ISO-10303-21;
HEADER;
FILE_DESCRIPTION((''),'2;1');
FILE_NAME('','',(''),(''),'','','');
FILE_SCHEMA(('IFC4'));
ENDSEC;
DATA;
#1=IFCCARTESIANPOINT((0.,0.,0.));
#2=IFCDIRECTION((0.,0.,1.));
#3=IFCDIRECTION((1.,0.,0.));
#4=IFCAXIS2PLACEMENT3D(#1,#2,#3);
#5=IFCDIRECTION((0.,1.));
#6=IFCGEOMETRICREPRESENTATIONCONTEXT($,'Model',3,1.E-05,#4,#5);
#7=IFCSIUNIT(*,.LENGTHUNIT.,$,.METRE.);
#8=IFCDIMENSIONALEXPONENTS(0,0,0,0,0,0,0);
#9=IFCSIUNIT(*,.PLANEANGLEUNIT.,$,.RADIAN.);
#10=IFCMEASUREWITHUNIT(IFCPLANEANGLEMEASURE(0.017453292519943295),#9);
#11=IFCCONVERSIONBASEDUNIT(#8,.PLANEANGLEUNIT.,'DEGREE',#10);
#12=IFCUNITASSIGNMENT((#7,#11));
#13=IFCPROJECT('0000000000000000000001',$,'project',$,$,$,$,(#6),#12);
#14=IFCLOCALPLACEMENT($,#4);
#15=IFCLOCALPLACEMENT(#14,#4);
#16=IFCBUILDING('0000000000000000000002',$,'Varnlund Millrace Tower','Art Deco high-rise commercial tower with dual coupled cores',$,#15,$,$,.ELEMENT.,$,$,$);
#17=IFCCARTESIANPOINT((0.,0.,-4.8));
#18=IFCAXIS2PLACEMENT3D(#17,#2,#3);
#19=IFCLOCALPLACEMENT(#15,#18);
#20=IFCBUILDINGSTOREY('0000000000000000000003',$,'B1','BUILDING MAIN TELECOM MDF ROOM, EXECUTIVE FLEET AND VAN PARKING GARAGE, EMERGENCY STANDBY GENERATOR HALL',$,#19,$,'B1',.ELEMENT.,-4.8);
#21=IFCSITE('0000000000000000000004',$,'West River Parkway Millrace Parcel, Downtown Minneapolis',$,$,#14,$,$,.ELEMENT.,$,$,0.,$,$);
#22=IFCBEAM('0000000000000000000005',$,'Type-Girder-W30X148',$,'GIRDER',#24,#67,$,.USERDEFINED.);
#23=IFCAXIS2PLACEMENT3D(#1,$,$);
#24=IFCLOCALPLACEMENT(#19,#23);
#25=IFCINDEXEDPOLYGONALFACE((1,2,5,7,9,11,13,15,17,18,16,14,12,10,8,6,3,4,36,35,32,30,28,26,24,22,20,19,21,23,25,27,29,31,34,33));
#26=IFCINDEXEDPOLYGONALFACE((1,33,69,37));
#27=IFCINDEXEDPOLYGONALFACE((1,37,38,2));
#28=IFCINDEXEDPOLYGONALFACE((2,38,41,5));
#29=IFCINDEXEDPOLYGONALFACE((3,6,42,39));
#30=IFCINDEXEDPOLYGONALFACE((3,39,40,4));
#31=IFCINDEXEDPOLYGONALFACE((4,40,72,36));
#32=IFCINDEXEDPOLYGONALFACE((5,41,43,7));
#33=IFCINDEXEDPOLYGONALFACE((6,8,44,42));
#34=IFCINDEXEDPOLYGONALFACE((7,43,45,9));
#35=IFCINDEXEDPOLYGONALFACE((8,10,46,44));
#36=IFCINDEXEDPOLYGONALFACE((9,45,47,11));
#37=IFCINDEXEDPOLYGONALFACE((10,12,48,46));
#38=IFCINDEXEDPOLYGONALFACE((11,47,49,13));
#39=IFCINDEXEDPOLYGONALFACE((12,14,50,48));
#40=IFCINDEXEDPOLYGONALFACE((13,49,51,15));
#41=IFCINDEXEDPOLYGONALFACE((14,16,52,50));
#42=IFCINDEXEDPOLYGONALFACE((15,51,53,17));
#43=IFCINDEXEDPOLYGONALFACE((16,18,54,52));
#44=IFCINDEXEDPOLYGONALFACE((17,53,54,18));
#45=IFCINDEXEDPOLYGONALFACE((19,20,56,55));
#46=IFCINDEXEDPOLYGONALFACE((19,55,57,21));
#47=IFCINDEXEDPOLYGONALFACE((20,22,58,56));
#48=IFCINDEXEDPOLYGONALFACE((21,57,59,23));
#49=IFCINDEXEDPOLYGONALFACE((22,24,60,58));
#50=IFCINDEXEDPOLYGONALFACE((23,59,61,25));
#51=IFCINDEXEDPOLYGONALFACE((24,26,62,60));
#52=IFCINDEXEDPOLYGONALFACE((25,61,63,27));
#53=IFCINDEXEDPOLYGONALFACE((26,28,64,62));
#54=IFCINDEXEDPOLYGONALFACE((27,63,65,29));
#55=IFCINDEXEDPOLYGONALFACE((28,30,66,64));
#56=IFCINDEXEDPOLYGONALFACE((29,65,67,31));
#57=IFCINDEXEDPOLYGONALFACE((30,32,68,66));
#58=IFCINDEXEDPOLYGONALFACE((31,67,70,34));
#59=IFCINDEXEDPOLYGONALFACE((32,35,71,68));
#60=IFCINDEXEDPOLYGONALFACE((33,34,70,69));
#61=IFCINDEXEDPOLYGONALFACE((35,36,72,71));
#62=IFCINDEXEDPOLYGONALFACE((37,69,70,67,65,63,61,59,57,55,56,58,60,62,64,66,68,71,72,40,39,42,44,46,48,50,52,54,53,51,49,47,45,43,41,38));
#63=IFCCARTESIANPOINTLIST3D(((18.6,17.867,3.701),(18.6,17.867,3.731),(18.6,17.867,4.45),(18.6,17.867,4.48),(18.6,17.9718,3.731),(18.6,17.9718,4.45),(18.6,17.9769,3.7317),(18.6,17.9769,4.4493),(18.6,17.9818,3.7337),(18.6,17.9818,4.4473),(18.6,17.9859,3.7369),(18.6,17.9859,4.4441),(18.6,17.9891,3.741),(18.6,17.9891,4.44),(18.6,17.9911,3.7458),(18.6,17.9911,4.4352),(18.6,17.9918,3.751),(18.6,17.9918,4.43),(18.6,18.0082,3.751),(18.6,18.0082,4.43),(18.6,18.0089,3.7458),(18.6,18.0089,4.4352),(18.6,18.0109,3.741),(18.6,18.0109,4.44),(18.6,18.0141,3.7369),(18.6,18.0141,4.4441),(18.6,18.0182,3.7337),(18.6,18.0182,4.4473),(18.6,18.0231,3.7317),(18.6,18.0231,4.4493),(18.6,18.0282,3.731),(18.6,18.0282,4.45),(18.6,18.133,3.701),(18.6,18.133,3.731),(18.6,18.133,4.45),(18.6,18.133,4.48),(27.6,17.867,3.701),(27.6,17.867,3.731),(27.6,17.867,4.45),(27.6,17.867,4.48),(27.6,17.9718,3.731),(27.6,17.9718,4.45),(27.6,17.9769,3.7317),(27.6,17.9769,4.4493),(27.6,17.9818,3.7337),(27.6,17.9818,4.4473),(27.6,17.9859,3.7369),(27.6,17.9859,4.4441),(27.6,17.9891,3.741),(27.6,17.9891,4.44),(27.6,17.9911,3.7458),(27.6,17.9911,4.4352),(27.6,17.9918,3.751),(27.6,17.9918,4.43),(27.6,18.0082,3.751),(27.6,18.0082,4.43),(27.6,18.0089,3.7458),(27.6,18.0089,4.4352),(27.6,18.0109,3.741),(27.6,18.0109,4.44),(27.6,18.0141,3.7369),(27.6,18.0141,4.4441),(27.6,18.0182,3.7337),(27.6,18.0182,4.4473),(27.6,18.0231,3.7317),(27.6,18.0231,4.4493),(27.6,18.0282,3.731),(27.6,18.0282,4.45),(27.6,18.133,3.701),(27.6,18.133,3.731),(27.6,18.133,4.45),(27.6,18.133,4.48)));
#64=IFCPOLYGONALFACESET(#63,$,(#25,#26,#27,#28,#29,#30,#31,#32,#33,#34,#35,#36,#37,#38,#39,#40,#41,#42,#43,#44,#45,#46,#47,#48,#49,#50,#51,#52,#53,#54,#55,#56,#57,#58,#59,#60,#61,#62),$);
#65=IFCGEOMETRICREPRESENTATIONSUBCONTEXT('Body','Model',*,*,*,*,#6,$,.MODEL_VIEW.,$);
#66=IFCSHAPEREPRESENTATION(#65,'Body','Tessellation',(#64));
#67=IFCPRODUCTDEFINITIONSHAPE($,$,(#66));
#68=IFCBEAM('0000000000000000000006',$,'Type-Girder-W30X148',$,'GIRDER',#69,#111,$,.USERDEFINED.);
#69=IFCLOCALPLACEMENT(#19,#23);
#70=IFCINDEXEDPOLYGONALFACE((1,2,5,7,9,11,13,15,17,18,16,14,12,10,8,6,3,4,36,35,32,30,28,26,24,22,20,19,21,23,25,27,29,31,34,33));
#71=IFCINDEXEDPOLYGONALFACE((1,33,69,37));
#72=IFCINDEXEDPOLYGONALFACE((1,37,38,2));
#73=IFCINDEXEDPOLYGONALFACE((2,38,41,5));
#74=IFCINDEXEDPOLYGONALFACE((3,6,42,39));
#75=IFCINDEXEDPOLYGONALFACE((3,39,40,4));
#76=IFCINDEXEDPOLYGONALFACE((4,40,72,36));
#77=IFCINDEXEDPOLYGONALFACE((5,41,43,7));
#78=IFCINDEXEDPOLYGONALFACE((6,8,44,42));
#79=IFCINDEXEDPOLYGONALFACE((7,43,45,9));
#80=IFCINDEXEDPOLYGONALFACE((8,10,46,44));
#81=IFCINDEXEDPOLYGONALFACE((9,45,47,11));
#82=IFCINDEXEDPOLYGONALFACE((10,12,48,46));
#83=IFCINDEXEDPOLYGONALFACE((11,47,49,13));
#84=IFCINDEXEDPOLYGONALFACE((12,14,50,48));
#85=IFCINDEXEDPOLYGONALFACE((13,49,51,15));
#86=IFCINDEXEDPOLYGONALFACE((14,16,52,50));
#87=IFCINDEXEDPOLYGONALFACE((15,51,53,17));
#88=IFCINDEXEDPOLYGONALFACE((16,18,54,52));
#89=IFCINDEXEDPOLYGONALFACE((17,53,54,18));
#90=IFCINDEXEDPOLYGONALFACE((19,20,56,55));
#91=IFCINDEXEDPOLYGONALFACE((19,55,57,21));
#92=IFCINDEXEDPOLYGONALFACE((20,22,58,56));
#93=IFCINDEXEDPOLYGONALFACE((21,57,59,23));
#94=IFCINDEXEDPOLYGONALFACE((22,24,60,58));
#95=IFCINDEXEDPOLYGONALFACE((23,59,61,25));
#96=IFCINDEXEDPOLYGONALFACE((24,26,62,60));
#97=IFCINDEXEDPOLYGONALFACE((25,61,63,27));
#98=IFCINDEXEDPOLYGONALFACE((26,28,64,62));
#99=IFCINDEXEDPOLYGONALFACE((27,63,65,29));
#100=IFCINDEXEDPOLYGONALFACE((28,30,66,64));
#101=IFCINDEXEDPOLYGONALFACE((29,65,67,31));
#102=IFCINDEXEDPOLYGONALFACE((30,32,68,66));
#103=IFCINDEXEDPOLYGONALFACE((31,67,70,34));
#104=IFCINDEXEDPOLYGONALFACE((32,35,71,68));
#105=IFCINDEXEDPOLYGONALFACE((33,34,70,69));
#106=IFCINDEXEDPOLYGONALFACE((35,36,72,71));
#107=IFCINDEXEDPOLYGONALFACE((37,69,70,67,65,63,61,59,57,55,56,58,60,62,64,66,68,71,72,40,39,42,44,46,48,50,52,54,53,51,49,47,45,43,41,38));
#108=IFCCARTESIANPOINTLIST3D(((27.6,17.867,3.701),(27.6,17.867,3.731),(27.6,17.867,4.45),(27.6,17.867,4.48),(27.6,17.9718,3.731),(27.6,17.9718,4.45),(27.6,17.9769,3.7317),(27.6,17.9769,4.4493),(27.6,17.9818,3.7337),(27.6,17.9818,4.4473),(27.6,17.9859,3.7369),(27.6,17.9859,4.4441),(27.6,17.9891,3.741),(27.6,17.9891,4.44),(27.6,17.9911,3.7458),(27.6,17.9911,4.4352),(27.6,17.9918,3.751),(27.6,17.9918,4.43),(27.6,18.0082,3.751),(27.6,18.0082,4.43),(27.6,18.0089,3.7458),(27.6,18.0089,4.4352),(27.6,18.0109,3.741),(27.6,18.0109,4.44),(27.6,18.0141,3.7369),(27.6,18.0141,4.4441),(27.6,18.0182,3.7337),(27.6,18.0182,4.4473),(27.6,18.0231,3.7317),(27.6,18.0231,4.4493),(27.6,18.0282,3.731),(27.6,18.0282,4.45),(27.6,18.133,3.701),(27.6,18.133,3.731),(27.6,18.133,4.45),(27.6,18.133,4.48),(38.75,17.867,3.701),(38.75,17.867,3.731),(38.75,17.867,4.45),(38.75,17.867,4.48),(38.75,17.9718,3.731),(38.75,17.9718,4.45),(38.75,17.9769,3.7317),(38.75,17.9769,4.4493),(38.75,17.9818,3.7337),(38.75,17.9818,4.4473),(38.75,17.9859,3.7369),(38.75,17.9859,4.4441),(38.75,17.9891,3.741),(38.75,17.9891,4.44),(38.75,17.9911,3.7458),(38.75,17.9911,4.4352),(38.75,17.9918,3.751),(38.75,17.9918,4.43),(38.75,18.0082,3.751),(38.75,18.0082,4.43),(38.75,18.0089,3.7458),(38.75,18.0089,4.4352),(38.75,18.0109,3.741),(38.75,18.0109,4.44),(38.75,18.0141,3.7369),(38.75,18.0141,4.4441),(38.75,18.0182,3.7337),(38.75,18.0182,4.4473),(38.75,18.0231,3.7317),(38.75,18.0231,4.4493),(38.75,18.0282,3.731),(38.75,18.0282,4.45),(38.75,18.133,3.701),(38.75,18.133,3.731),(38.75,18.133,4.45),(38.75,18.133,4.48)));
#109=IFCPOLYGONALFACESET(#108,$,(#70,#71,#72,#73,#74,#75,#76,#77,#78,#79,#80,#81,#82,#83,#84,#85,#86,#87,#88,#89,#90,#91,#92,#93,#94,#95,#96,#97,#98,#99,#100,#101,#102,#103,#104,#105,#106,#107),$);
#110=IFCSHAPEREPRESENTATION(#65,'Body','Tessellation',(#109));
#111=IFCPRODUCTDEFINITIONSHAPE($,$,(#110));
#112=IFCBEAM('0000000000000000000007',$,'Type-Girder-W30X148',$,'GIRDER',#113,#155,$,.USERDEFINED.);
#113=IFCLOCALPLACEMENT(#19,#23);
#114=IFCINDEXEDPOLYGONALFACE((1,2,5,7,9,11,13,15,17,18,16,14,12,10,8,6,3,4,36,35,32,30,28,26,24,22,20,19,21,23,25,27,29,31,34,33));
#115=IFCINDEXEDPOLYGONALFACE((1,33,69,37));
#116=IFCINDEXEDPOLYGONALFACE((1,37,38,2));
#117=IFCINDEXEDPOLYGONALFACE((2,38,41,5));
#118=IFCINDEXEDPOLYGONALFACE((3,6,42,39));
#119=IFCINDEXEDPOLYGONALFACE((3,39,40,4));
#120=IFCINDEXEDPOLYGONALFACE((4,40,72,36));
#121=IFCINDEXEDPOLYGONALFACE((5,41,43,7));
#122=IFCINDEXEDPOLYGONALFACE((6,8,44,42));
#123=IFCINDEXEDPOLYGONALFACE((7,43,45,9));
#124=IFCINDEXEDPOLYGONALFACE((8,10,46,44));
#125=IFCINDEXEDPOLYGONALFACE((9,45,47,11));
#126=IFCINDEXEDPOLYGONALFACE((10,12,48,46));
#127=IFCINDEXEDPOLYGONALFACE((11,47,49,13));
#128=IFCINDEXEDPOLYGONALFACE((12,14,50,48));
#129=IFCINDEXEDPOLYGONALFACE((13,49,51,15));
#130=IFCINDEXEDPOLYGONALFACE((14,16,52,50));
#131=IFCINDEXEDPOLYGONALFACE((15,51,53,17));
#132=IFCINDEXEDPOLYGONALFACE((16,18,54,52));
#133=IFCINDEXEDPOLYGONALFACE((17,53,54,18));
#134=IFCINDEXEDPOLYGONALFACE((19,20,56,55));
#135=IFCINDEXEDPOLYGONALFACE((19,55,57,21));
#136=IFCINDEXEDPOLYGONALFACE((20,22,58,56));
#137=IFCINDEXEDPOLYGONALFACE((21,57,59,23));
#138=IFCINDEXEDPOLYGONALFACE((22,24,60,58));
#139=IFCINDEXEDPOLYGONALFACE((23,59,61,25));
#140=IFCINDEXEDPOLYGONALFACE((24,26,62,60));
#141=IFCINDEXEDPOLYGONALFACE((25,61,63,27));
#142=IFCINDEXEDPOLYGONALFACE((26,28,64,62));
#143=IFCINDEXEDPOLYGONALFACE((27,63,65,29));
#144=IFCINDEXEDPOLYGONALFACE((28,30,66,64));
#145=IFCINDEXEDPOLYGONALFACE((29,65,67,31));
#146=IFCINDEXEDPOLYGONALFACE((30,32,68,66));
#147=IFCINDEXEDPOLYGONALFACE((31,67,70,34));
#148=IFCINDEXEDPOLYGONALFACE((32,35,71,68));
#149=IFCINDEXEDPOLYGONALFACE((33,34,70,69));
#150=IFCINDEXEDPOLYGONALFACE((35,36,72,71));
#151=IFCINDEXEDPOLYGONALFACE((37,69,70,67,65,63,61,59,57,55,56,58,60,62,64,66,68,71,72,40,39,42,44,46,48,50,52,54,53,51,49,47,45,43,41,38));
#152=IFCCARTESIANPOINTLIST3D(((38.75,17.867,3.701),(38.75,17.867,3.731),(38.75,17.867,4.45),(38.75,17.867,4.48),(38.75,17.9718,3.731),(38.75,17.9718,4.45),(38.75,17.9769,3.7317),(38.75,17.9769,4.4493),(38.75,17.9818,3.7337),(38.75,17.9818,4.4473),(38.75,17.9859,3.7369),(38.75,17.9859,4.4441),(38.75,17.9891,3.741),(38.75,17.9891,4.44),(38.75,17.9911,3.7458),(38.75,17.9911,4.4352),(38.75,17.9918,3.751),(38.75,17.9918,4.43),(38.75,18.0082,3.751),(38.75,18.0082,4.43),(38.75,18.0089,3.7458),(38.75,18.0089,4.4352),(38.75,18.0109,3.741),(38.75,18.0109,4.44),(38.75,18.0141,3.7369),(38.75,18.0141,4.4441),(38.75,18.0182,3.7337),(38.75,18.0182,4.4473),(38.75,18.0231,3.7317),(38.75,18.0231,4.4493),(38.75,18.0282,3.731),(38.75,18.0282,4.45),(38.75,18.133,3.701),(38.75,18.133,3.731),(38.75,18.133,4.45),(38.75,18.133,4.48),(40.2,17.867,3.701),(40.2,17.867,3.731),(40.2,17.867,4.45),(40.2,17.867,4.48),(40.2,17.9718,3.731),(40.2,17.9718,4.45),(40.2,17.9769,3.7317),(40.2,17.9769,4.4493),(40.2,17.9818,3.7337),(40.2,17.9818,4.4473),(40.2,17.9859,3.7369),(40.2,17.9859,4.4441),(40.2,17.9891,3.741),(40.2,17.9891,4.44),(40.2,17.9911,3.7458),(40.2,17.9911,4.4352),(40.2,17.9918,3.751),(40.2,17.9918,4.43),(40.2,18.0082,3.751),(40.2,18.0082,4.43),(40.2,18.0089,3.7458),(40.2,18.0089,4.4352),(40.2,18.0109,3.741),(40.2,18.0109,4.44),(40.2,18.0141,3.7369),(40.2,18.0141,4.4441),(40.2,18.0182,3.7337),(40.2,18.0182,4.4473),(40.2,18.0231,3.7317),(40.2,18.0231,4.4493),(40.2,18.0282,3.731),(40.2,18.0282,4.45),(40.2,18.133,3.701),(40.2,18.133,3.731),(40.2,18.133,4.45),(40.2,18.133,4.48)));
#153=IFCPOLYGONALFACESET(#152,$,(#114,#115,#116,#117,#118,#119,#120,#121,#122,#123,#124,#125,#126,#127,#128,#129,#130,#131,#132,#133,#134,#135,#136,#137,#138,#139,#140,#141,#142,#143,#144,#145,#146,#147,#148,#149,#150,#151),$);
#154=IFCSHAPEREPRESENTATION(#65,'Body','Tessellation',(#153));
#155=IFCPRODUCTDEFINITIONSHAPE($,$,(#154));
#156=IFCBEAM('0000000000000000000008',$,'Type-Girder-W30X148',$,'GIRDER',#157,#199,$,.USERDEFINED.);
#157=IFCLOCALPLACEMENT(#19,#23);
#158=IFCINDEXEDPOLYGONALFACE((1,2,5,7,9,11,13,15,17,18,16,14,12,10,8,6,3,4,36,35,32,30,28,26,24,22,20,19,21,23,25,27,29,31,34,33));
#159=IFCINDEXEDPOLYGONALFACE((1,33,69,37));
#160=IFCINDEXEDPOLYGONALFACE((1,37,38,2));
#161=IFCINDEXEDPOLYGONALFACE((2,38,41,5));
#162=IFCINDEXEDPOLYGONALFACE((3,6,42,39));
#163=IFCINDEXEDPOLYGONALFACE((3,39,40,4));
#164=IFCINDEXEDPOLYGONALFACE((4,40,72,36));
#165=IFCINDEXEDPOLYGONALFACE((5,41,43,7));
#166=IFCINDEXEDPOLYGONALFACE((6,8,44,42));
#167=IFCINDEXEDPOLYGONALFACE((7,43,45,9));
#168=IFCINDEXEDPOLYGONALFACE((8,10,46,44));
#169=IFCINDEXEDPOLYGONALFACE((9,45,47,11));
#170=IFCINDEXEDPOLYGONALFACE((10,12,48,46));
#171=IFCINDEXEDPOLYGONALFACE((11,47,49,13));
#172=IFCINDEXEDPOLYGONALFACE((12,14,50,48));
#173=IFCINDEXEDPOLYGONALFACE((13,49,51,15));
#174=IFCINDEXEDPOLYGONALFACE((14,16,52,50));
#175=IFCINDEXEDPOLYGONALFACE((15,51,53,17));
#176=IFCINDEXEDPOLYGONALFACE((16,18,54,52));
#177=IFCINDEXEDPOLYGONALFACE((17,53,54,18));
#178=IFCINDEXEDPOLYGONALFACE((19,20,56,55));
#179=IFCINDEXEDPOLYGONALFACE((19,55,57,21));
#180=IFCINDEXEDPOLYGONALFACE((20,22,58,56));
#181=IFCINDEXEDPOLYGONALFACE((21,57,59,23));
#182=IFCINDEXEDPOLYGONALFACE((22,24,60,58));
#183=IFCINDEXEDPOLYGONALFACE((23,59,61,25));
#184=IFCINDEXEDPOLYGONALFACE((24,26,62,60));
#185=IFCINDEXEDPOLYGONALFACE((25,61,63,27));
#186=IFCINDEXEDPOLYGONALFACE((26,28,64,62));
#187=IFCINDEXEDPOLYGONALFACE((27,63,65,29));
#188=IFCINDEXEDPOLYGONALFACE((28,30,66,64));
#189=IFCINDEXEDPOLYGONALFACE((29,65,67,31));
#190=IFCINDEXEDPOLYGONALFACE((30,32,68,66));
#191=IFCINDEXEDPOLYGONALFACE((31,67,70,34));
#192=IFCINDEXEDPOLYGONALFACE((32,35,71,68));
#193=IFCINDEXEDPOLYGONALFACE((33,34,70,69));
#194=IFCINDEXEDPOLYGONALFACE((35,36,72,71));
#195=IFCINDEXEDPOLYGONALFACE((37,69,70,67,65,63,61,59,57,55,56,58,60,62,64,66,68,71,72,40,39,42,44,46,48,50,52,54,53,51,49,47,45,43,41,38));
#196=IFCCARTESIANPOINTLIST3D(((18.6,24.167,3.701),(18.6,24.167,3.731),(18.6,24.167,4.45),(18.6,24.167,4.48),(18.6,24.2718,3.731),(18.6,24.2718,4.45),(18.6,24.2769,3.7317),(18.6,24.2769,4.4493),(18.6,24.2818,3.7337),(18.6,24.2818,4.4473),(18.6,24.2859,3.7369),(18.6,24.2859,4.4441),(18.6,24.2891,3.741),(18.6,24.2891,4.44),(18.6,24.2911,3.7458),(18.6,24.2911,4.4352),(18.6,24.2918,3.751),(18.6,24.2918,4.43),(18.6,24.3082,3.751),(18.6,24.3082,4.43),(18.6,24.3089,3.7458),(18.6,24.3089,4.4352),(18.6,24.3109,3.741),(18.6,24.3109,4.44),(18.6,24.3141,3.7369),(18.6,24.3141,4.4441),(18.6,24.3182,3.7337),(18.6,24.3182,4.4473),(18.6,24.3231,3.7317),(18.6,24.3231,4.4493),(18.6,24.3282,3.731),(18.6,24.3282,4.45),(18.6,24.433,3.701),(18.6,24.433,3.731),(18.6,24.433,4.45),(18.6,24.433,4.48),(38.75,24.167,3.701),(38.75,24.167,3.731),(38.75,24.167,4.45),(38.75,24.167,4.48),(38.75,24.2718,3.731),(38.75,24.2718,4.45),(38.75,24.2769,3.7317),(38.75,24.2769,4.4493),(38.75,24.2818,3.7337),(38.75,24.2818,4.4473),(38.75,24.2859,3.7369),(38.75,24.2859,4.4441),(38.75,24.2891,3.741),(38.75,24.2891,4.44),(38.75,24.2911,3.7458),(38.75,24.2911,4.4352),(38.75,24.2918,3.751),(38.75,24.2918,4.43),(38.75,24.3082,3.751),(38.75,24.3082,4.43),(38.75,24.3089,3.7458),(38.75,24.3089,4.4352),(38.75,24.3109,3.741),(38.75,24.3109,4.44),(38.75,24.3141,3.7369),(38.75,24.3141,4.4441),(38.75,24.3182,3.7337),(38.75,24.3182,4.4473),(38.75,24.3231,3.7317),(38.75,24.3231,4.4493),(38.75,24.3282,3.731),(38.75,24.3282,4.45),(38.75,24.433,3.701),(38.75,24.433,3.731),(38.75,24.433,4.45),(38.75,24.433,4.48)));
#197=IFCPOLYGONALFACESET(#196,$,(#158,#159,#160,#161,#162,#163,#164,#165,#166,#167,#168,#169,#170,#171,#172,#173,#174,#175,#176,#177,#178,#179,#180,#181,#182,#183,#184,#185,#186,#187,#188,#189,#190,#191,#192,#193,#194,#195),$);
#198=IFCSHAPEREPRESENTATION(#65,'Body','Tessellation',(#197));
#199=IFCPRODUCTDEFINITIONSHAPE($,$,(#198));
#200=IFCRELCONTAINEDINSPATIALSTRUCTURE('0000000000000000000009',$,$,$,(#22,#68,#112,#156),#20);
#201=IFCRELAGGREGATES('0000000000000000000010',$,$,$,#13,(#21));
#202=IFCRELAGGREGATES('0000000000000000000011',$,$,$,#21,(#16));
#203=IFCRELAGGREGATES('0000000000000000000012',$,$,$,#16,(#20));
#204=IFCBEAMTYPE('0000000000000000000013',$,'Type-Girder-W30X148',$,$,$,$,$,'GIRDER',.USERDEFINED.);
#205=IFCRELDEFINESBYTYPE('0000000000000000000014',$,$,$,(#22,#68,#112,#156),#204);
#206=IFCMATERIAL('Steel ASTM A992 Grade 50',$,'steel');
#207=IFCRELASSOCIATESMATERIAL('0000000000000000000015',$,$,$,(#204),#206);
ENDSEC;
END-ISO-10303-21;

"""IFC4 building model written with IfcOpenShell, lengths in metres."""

from ifc_helpers import new_model, entity, si_unit, converted_unit, direction, frame, origin_with_axes, origin_2d_with_axis, place, context, subcontext, project, spatial, i_section, extrude, material, material_profile, profile_set, type_object, element, save


model = new_model("IFC4")

# Units and contexts
model_context = context("Model", 3, precision=1e-05, world=origin_with_axes(), true_north=direction((0.0, 1.0)))
body_context = subcontext(model_context, "Body", "Model", "MODEL_VIEW")
ifc_project = project(units=[si_unit("LENGTHUNIT", "METRE"), converted_unit("PLANEANGLEUNIT", "DEGREE", entity("IfcPlaneAngleMeasure", 0.017453292519943295), si_unit("PLANEANGLEUNIT", "RADIAN"), dimensions=[0, 0, 0, 0, 0, 0, 0])], contexts=[model_context])

# Site, building, storey
site_placement = place(None, origin_with_axes())
site = spatial("IfcSite", under=ifc_project, at=site_placement, Name="West River Parkway Millrace Parcel, Downtown Minneapolis", CompositionType="ELEMENT", RefElevation=0.0)
building_placement = place(site_placement, origin_with_axes())
building = spatial("IfcBuilding", under=site, at=building_placement, Name="Varnlund Millrace Tower", Description="Art Deco high-rise commercial tower with dual coupled cores", CompositionType="ELEMENT")
storey_placement = place(building_placement, frame((0.0, 0.0, -4.8), z_axis=(0.0, 0.0, 1.0), x_axis=(1.0, 0.0, 0.0)))
storey = spatial("IfcBuildingStorey", under=building, at=storey_placement, Name="B1", Description="BUILDING MAIN TELECOM MDF ROOM, EXECUTIVE FLEET AND VAN PARKING GARAGE, EMERGENCY STANDBY GENERATOR HALL", LongName="B1", CompositionType="ELEMENT", Elevation=-4.8)

# Beams
ifc_material_1 = material(Name="Steel ASTM A992 Grade 50", Category="steel")
ifc_material_profile_1 = material_profile(ifc_material_1, i_section(OverallWidth=0.266, OverallDepth=0.779, WebThickness=0.0165, FlangeThickness=0.03, FilletRadius=0.02, at=origin_2d_with_axis()), Name="Steel ASTM A992 Grade 50")
ifc_profile_set_1 = profile_set([ifc_material_profile_1], Name="Steel ASTM A992 Grade 50")
beam_type_1 = type_object("IfcBeamType", Name="Type-Girder-W30X148", ElementType="GIRDER", PredefinedType="USERDEFINED", material=ifc_profile_set_1)
beam_1_placement = place(storey_placement, frame((18.6, 18.0, 4.0905), z_axis=(1.0, 0.0, 0.0), x_axis=(0.0, 1.0, 0.0)))
element("IfcBeam", 1, at=beam_1_placement, inside=storey, type_object=beam_type_1, Name="Type-Girder-W30X148", ObjectType="GIRDER", PredefinedType="USERDEFINED", context=body_context, shape_type="SweptSolid", body=[
    extrude(i_section(OverallWidth=0.266, OverallDepth=0.779, WebThickness=0.0165, FlangeThickness=0.03, FilletRadius=0.02, at=origin_2d_with_axis()), origin_with_axes(), (0.0, 0.0, 1.0), 9.0),
])
beam_2_placement = place(storey_placement, frame((27.6, 18.0, 4.0905), z_axis=(1.0, 0.0, 0.0), x_axis=(0.0, 1.0, 0.0)))
element("IfcBeam", 2, at=beam_2_placement, inside=storey, type_object=beam_type_1, Name="Type-Girder-W30X148", ObjectType="GIRDER", PredefinedType="USERDEFINED", context=body_context, shape_type="SweptSolid", body=[
    extrude(i_section(OverallWidth=0.266, OverallDepth=0.779, WebThickness=0.0165, FlangeThickness=0.03, FilletRadius=0.02, at=origin_2d_with_axis()), origin_with_axes(), (0.0, 0.0, 1.0), 11.15),
])
beam_3_placement = place(storey_placement, frame((38.75, 18.0, 4.0905), z_axis=(1.0, 0.0, 0.0), x_axis=(0.0, 1.0, 0.0)))
element("IfcBeam", 3, at=beam_3_placement, inside=storey, type_object=beam_type_1, Name="Type-Girder-W30X148", ObjectType="GIRDER", PredefinedType="USERDEFINED", context=body_context, shape_type="SweptSolid", body=[
    extrude(i_section(OverallWidth=0.266, OverallDepth=0.779, WebThickness=0.0165, FlangeThickness=0.03, FilletRadius=0.02, at=origin_2d_with_axis()), origin_with_axes(), (0.0, 0.0, 1.0), 1.45),
])
beam_4_placement = place(storey_placement, frame((18.6, 24.3, 4.0905), z_axis=(1.0, 0.0, 0.0), x_axis=(0.0, 1.0, 0.0)))
element("IfcBeam", 4, at=beam_4_placement, inside=storey, type_object=beam_type_1, Name="Type-Girder-W30X148", ObjectType="GIRDER", PredefinedType="USERDEFINED", context=body_context, shape_type="SweptSolid", body=[
    extrude(i_section(OverallWidth=0.266, OverallDepth=0.779, WebThickness=0.0165, FlangeThickness=0.03, FilletRadius=0.02, at=origin_2d_with_axis()), origin_with_axes(), (0.0, 0.0, 1.0), 20.15),
])

save(model, "model.ifc")
